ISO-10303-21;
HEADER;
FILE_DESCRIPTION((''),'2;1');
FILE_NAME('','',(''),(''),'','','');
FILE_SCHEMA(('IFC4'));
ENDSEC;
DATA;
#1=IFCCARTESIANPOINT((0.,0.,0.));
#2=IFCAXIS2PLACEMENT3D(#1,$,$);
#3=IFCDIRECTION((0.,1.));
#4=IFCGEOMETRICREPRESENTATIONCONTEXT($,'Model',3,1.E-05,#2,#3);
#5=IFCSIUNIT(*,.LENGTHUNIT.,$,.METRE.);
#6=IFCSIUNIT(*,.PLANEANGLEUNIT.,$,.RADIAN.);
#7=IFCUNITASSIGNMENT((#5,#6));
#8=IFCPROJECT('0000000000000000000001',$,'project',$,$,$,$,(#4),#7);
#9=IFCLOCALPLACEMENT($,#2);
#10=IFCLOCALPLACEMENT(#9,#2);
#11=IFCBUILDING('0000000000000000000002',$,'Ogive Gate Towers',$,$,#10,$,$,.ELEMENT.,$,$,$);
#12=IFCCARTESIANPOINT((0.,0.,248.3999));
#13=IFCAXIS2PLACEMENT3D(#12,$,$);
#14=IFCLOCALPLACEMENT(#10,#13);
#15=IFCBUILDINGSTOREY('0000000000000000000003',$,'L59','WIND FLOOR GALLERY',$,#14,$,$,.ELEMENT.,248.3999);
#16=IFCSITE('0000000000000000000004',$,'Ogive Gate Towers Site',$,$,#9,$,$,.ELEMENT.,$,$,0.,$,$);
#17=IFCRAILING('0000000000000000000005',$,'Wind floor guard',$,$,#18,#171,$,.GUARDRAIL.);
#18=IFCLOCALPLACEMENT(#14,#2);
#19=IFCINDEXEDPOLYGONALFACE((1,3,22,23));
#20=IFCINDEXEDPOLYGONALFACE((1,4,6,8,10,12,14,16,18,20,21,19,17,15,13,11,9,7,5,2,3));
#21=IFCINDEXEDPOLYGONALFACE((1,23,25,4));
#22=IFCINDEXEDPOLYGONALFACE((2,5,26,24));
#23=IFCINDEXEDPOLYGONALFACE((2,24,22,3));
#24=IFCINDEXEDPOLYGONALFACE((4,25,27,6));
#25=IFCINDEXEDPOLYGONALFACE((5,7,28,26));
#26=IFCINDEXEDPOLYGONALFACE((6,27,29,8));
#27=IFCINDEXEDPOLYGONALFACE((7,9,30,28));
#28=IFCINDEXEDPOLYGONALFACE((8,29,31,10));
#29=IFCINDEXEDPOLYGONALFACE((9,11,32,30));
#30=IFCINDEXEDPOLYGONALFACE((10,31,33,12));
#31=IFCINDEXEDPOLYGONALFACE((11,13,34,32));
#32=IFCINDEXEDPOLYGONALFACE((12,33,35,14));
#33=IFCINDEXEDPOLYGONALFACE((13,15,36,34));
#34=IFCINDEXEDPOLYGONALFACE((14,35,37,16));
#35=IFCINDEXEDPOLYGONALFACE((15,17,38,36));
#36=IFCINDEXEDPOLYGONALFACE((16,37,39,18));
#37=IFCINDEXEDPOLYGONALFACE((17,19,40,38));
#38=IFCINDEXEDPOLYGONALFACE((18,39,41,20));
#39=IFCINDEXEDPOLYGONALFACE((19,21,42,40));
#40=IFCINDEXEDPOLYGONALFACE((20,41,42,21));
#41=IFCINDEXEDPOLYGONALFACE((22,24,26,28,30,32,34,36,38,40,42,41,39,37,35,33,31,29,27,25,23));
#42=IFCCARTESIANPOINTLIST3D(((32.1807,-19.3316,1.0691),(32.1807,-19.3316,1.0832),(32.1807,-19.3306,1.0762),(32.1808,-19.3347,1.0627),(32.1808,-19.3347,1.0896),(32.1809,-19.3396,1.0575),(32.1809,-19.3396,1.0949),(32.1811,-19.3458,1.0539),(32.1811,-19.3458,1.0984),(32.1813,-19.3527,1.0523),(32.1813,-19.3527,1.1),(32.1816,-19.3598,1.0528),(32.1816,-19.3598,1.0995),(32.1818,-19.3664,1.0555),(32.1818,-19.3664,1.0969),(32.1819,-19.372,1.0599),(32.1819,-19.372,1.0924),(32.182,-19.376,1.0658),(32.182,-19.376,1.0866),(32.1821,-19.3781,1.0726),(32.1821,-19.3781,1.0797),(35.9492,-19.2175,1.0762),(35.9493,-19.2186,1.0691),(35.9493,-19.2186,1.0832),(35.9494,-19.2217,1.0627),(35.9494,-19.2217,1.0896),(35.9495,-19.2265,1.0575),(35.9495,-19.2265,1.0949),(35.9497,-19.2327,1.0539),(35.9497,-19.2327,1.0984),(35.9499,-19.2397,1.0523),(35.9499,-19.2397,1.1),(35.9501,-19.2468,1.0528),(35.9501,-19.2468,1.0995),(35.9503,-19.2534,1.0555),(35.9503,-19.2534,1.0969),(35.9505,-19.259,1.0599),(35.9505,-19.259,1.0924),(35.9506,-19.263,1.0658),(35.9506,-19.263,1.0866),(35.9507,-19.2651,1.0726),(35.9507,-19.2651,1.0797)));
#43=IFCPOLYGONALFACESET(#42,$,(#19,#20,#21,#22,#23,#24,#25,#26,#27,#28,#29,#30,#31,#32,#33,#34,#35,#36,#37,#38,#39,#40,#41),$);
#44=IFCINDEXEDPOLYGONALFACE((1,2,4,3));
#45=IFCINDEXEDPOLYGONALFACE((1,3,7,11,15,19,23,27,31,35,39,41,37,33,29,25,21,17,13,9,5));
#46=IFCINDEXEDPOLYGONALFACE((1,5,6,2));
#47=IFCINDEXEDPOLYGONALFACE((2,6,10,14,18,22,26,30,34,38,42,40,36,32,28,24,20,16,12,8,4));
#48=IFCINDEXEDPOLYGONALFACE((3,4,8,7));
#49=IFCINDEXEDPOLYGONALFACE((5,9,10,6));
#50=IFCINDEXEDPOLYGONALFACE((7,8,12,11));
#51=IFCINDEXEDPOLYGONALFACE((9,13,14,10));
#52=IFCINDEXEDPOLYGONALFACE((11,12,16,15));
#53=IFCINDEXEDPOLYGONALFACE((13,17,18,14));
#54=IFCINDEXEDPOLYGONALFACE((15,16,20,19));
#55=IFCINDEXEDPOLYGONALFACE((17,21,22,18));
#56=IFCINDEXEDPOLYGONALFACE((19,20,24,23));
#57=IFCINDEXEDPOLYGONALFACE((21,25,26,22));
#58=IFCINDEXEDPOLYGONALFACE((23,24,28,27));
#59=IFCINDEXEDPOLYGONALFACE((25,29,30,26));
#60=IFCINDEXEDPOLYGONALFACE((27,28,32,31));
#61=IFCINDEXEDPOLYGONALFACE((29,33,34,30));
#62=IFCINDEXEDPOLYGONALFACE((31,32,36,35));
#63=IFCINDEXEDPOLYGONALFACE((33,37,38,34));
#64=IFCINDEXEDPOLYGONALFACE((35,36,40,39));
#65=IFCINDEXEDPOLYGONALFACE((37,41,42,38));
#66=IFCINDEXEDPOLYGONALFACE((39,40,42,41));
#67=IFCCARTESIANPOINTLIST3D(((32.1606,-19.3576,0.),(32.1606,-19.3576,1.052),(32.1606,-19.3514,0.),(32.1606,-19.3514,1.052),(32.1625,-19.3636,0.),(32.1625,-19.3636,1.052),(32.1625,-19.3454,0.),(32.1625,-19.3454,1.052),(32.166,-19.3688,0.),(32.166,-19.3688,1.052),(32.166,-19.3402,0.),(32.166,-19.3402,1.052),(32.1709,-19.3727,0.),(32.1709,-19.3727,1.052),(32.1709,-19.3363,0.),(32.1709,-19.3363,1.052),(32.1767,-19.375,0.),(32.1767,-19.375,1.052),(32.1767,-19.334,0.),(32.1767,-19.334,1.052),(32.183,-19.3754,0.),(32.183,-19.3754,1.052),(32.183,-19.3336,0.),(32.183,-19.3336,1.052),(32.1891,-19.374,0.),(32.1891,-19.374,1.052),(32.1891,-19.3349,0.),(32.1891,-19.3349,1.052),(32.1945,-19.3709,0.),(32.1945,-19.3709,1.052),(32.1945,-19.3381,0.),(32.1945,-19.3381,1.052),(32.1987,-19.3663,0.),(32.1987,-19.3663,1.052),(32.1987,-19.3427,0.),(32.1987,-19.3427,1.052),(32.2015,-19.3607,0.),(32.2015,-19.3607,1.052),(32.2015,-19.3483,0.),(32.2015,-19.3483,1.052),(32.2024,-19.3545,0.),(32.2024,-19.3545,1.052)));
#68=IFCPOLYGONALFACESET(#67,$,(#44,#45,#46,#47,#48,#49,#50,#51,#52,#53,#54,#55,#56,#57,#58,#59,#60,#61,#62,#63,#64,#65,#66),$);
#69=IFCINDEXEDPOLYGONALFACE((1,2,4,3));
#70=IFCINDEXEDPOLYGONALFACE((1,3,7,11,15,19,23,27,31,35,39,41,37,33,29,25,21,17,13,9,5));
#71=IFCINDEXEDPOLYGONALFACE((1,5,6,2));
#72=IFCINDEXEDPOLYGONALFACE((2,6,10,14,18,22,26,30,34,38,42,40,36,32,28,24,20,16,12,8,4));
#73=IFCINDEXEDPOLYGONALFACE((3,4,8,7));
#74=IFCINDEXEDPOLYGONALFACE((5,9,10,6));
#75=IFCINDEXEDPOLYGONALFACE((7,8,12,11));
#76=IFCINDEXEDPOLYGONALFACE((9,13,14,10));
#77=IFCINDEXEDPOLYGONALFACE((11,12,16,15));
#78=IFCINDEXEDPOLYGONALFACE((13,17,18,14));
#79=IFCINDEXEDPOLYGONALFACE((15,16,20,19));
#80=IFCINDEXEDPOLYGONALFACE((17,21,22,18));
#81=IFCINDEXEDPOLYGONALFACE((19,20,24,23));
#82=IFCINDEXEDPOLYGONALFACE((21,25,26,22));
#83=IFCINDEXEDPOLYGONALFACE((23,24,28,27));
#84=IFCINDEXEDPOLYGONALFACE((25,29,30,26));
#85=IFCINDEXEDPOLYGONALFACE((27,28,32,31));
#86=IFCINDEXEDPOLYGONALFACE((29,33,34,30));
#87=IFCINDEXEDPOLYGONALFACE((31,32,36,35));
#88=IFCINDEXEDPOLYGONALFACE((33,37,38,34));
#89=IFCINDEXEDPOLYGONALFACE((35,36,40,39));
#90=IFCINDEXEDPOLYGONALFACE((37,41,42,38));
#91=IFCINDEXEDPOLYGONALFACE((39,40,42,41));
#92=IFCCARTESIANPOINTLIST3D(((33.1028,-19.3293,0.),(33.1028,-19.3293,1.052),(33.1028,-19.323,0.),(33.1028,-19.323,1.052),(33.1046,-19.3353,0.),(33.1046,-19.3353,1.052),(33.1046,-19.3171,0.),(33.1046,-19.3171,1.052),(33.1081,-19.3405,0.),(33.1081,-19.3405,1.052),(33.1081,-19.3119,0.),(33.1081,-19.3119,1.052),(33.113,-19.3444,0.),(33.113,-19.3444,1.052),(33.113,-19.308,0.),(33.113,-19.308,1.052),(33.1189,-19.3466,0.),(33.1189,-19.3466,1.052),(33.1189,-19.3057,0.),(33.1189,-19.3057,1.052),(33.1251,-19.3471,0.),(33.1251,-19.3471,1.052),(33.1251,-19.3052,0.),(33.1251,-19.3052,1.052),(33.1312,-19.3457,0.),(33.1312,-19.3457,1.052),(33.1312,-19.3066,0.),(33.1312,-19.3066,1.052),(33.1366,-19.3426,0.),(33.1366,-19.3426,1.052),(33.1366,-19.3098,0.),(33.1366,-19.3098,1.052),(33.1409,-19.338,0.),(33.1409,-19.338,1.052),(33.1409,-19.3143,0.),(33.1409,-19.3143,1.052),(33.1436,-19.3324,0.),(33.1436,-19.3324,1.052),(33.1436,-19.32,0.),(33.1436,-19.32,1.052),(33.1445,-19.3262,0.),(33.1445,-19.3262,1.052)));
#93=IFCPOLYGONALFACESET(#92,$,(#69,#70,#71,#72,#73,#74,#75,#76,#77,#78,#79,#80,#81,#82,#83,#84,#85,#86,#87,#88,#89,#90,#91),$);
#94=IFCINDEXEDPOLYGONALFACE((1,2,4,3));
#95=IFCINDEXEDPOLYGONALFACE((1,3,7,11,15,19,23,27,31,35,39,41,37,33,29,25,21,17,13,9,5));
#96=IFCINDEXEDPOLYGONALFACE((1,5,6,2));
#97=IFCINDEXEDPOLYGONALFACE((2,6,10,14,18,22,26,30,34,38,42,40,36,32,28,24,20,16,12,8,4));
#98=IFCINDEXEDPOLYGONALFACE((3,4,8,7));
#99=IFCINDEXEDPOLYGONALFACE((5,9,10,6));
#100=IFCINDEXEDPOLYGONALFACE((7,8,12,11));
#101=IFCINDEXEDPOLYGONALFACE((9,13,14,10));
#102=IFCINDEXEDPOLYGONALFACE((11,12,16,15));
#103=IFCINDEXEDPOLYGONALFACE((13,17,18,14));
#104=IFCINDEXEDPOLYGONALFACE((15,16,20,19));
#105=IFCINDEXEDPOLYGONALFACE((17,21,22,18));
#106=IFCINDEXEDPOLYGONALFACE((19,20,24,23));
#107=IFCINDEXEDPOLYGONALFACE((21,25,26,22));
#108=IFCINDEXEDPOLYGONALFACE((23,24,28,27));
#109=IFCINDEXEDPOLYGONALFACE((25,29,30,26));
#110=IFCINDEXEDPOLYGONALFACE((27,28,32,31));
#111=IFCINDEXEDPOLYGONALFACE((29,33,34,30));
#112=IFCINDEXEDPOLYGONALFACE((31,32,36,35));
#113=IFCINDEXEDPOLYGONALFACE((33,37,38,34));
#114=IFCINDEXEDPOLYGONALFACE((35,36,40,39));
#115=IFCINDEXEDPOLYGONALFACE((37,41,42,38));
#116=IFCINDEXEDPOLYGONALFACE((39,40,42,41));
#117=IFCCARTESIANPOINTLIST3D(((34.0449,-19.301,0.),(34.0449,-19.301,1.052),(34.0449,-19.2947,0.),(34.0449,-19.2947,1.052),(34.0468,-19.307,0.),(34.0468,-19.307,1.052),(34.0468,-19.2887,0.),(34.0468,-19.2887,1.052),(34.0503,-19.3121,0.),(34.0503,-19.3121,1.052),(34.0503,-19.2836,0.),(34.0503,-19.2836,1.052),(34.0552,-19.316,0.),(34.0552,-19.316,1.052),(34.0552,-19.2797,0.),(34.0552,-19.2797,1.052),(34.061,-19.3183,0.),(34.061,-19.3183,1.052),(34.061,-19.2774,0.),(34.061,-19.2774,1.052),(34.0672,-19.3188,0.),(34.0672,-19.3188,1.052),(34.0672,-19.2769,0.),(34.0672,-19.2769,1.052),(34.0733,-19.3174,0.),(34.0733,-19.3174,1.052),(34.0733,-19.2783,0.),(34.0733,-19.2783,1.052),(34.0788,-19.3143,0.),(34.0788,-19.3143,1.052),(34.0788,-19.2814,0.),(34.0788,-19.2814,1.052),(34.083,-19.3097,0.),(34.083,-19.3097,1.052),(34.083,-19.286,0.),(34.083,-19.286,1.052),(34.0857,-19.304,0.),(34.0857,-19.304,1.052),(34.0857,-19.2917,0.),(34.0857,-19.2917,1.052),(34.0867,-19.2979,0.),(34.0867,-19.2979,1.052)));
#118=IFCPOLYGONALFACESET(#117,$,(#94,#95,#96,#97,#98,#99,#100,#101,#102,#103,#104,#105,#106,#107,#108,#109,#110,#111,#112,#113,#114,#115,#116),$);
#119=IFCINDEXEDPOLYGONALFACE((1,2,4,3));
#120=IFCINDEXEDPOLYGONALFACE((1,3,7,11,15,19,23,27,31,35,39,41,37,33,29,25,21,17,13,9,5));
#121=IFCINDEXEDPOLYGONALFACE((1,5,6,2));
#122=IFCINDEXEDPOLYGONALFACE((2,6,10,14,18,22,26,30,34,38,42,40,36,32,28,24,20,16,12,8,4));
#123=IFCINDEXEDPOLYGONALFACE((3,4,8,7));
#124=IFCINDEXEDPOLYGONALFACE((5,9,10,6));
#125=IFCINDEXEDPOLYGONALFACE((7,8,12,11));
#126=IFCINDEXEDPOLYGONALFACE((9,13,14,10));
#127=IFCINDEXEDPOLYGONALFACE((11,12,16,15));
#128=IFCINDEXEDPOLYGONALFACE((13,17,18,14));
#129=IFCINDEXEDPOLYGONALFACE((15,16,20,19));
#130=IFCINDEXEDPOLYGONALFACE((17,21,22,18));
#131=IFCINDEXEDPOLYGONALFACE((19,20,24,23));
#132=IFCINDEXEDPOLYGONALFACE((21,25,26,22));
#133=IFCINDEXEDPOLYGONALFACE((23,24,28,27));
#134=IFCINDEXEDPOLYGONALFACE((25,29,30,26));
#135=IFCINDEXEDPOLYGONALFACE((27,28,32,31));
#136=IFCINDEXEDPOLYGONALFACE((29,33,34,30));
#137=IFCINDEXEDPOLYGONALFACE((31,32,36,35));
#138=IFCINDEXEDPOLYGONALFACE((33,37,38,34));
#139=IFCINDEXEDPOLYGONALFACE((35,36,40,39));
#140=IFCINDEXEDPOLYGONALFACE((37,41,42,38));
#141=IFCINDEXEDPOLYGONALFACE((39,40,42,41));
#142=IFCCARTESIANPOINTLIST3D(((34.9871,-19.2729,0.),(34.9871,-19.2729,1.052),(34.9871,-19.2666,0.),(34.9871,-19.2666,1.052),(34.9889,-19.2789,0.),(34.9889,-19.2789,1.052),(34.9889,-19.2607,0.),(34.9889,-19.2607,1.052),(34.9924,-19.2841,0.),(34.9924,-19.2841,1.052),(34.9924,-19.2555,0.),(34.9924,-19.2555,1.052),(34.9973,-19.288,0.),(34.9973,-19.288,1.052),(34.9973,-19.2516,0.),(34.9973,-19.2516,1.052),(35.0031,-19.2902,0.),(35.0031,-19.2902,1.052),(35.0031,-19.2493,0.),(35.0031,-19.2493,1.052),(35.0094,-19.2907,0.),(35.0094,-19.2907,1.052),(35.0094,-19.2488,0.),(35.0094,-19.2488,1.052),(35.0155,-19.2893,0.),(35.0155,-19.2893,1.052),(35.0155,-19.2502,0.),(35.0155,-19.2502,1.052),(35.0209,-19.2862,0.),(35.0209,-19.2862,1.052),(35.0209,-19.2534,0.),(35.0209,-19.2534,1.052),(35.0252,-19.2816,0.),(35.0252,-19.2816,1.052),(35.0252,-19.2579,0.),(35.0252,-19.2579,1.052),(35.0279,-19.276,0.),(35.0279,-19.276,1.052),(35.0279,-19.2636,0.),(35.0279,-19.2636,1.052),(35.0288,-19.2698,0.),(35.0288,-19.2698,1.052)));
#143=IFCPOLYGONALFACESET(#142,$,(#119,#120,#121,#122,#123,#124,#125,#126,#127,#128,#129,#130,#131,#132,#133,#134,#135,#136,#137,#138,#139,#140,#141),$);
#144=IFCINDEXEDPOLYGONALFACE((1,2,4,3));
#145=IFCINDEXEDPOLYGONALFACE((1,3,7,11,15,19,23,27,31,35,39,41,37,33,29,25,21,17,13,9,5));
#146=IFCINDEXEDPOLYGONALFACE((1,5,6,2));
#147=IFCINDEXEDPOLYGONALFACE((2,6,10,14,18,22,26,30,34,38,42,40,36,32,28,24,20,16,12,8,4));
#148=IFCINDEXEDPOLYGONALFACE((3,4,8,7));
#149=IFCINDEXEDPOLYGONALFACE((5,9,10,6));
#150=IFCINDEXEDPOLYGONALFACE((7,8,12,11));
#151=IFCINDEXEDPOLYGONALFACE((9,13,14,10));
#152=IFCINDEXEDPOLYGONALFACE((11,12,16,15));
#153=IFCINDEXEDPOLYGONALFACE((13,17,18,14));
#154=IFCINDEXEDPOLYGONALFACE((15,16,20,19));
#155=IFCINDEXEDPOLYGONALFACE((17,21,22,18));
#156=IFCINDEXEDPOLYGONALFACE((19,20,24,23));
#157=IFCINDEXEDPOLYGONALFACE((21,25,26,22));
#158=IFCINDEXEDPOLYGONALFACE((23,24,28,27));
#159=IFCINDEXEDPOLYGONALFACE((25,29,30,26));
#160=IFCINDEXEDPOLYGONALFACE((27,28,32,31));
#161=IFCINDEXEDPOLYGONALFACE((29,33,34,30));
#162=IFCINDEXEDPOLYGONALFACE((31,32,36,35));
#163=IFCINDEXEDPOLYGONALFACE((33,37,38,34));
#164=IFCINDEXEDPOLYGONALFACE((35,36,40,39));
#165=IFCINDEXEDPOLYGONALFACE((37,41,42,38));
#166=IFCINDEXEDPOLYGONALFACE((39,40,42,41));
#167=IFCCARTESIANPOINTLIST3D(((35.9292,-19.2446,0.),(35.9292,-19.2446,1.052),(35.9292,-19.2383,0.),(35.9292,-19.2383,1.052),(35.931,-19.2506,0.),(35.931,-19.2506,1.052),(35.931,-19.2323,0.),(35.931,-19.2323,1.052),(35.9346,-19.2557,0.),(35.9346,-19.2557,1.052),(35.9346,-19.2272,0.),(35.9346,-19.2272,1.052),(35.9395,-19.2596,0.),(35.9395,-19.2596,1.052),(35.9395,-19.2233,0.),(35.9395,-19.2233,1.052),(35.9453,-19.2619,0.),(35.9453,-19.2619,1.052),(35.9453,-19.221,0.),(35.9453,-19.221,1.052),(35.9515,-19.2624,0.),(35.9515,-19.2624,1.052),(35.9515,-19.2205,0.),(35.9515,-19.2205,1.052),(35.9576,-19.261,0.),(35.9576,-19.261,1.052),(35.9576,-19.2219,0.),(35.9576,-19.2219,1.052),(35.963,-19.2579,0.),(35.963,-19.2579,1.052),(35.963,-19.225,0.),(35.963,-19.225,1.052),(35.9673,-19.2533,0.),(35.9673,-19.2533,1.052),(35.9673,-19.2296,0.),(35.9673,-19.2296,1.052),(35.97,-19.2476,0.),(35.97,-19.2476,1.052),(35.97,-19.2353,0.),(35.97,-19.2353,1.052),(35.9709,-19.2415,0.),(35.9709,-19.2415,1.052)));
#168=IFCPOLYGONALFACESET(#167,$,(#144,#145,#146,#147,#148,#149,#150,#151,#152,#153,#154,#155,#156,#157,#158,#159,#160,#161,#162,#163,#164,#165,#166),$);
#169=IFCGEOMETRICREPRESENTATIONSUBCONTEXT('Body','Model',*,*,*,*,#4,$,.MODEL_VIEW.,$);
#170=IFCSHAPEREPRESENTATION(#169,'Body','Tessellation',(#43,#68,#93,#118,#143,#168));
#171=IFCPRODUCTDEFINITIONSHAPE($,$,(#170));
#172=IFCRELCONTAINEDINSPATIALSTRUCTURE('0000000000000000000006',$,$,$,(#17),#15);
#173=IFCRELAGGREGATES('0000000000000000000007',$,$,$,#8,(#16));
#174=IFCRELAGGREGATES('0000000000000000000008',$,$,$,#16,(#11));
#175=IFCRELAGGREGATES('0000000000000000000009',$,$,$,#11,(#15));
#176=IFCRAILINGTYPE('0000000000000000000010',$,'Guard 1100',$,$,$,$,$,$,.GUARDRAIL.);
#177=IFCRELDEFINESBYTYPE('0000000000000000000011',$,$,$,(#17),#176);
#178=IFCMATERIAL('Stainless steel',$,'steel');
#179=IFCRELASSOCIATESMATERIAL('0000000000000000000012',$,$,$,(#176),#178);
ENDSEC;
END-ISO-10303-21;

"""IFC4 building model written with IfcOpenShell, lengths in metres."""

from ifc_helpers import new_model, si_unit, direction, frame, origin, origin_2d, place, context, subcontext, project, spatial, circle, extrude, material, type_object, element, save


model = new_model("IFC4")

# Units and contexts
model_context = context("Model", 3, precision=1e-05, world=origin(), true_north=direction((0.0, 1.0)))
body_context = subcontext(model_context, "Body", "Model", "MODEL_VIEW")
ifc_project = project(units=[si_unit("LENGTHUNIT", "METRE"), si_unit("PLANEANGLEUNIT", "RADIAN")], contexts=[model_context])

# Site, building, storey
site_placement = place(None, origin())
site = spatial("IfcSite", under=ifc_project, at=site_placement, Name="Ogive Gate Towers Site", CompositionType="ELEMENT", RefElevation=0.0)
building_placement = place(site_placement, origin())
building = spatial("IfcBuilding", under=site, at=building_placement, Name="Ogive Gate Towers", CompositionType="ELEMENT")
storey_placement = place(building_placement, frame((0.0, 0.0, 248.3999)))
storey = spatial("IfcBuildingStorey", under=building, at=storey_placement, Name="L59", Description="WIND FLOOR GALLERY", CompositionType="ELEMENT", Elevation=248.3999)

# Railing
ifc_material_1 = material(Name="Stainless steel", Category="steel")
railing_type_1 = type_object("IfcRailingType", Name="Guard 1100", PredefinedType="GUARDRAIL", material=ifc_material_1)
railing_1_placement = place(storey_placement, frame((32.1814, -19.3545, 0.0)))
element("IfcRailing", 1, at=railing_1_placement, inside=storey, type_object=railing_type_1, Name="Wind floor guard", PredefinedType="GUARDRAIL", context=body_context, shape_type="SweptSolid", body=[
    extrude(circle(Radius=0.0239, at=origin_2d()), frame((0.0, 0.0, 1.0762), z_axis=(0.99955, 0.029981, 0.0), x_axis=(-0.029981, 0.99955, 0.0)), (0.0, 0.0, 1.0), 3.7703),
    extrude(circle(Radius=0.021, at=origin_2d()), origin(), (0.0, 0.0, 1.0), 1.052),
    extrude(circle(Radius=0.021, at=origin_2d()), frame((0.9421, 0.0283, 0.0)), (0.0, 0.0, 1.0), 1.052),
    extrude(circle(Radius=0.021, at=origin_2d()), frame((1.8843, 0.0566, 0.0)), (0.0, 0.0, 1.0), 1.052),
    extrude(circle(Radius=0.021, at=origin_2d()), frame((2.8264, 0.0847, 0.0)), (0.0, 0.0, 1.0), 1.052),
    extrude(circle(Radius=0.021, at=origin_2d()), frame((3.7686, 0.113, 0.0)), (0.0, 0.0, 1.0), 1.052),
])

save(model, "model.ifc")
